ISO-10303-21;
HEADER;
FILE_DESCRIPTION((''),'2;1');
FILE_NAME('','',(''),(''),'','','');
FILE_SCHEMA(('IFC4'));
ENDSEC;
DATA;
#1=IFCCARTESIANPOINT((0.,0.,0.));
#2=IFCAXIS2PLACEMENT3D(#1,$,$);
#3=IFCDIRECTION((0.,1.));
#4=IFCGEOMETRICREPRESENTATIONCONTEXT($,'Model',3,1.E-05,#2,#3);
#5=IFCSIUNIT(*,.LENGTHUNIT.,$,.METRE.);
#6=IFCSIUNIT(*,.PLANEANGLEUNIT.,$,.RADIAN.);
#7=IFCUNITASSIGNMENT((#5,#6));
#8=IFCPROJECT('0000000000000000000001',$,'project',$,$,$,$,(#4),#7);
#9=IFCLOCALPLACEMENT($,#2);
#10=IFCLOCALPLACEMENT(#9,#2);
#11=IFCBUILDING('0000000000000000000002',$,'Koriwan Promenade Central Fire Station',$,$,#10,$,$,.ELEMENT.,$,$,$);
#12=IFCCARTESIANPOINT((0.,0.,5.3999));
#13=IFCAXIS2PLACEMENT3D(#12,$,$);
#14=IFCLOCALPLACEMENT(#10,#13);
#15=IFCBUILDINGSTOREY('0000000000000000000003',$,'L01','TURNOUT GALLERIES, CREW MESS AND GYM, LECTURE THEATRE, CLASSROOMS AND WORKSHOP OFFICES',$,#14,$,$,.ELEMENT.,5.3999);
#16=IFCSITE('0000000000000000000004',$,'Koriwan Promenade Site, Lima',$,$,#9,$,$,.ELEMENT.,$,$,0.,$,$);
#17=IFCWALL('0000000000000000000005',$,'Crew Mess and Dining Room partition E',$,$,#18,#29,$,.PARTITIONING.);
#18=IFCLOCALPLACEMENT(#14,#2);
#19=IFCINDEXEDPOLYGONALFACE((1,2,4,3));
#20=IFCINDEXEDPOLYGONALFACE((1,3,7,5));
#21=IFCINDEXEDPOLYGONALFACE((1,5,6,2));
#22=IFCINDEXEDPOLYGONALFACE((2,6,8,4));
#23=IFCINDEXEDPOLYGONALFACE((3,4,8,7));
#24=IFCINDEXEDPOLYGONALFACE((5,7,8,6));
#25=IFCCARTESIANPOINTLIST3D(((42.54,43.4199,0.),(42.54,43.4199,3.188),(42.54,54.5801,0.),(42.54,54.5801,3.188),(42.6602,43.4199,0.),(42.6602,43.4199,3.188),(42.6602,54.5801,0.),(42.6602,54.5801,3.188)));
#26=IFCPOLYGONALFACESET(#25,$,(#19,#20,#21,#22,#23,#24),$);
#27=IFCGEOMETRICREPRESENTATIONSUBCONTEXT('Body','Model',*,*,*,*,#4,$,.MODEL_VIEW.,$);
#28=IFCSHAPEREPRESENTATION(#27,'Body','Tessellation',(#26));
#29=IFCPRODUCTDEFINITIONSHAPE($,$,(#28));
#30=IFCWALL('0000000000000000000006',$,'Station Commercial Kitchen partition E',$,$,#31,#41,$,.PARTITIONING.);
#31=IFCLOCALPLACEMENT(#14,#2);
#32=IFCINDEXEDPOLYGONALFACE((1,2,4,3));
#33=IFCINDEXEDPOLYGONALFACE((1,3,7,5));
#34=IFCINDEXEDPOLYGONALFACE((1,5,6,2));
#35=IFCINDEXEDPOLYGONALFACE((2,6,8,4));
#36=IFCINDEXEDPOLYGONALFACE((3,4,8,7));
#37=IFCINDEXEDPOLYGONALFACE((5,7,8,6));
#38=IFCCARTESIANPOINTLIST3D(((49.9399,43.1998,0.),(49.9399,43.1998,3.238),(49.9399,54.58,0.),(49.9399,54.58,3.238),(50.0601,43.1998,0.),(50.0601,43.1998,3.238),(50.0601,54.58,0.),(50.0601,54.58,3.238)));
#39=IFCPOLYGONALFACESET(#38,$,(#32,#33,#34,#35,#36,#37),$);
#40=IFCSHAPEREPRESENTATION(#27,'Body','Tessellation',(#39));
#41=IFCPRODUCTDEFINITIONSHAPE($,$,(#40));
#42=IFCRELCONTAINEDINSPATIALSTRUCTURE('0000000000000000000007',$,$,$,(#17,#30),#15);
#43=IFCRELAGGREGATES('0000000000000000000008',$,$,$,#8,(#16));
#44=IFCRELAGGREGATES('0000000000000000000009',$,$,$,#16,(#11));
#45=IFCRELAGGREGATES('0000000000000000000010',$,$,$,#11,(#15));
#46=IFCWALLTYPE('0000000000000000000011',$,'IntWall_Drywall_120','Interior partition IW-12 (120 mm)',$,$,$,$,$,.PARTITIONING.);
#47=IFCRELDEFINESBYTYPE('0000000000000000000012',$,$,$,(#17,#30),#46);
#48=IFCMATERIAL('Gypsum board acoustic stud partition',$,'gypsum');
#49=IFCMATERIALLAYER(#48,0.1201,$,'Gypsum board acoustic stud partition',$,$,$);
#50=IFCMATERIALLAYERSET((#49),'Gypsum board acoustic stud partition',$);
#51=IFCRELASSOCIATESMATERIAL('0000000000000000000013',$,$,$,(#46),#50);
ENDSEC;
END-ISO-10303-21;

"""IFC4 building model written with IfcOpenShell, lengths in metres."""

from ifc_helpers import new_model, si_unit, direction, frame, frame_2d, origin, place, context, subcontext, project, spatial, rectangle, extrude, material, layer, layer_set, type_object, element, save


model = new_model("IFC4")

# Units and contexts
model_context = context("Model", 3, precision=1e-05, world=origin(), true_north=direction((0.0, 1.0)))
body_context = subcontext(model_context, "Body", "Model", "MODEL_VIEW")
ifc_project = project(units=[si_unit("LENGTHUNIT", "METRE"), si_unit("PLANEANGLEUNIT", "RADIAN")], contexts=[model_context])

# Site, building, storey
site_placement = place(None, origin())
site = spatial("IfcSite", under=ifc_project, at=site_placement, Name="Koriwan Promenade Site, Lima", CompositionType="ELEMENT", RefElevation=0.0)
building_placement = place(site_placement, origin())
building = spatial("IfcBuilding", under=site, at=building_placement, Name="Koriwan Promenade Central Fire Station", CompositionType="ELEMENT")
storey_placement = place(building_placement, frame((0.0, 0.0, 5.3999)))
storey = spatial("IfcBuildingStorey", under=building, at=storey_placement, Name="L01", Description="TURNOUT GALLERIES, CREW MESS AND GYM, LECTURE THEATRE, CLASSROOMS AND WORKSHOP OFFICES", CompositionType="ELEMENT", Elevation=5.3999)

# Walls
ifc_material_1 = material(Name="Gypsum board acoustic stud partition", Category="gypsum")
ifc_layer_1 = layer(ifc_material_1, 0.1201, Name="Gypsum board acoustic stud partition")
ifc_layer_set_1 = layer_set([ifc_layer_1], Name="Gypsum board acoustic stud partition")
wall_type_1 = type_object("IfcWallType", Name="IntWall_Drywall_120", Description="Interior partition IW-12 (120 mm)", PredefinedType="PARTITIONING", material=ifc_layer_set_1)
wall_1_placement = place(storey_placement, frame((42.6001, 43.4199, 0.0), z_axis=(0.0, 0.0, 1.0), x_axis=(0.0, 1.0, 0.0)))
element("IfcWall", 1, at=wall_1_placement, inside=storey, type_object=wall_type_1, Name="Crew Mess and Dining Room partition E", PredefinedType="PARTITIONING", context=body_context, shape_type="SweptSolid", body=[
    extrude(rectangle(XDim=11.1602, YDim=0.1201, at=frame_2d((5.5801, 0.0))), origin(), (0.0, 0.0, 1.0), 3.188),
])
wall_2_placement = place(storey_placement, frame((50.0, 43.2, 0.0), z_axis=(0.0, 0.0, 1.0), x_axis=(0.0, 1.0, 0.0)))
element("IfcWall", 2, at=wall_2_placement, inside=storey, type_object=wall_type_1, Name="Station Commercial Kitchen partition E", PredefinedType="PARTITIONING", context=body_context, shape_type="SweptSolid", body=[
    extrude(rectangle(XDim=11.3801, YDim=0.1201, at=frame_2d((5.6899, 0.0))), origin(), (0.0, 0.0, 1.0), 3.238),
])

save(model, "model.ifc")
